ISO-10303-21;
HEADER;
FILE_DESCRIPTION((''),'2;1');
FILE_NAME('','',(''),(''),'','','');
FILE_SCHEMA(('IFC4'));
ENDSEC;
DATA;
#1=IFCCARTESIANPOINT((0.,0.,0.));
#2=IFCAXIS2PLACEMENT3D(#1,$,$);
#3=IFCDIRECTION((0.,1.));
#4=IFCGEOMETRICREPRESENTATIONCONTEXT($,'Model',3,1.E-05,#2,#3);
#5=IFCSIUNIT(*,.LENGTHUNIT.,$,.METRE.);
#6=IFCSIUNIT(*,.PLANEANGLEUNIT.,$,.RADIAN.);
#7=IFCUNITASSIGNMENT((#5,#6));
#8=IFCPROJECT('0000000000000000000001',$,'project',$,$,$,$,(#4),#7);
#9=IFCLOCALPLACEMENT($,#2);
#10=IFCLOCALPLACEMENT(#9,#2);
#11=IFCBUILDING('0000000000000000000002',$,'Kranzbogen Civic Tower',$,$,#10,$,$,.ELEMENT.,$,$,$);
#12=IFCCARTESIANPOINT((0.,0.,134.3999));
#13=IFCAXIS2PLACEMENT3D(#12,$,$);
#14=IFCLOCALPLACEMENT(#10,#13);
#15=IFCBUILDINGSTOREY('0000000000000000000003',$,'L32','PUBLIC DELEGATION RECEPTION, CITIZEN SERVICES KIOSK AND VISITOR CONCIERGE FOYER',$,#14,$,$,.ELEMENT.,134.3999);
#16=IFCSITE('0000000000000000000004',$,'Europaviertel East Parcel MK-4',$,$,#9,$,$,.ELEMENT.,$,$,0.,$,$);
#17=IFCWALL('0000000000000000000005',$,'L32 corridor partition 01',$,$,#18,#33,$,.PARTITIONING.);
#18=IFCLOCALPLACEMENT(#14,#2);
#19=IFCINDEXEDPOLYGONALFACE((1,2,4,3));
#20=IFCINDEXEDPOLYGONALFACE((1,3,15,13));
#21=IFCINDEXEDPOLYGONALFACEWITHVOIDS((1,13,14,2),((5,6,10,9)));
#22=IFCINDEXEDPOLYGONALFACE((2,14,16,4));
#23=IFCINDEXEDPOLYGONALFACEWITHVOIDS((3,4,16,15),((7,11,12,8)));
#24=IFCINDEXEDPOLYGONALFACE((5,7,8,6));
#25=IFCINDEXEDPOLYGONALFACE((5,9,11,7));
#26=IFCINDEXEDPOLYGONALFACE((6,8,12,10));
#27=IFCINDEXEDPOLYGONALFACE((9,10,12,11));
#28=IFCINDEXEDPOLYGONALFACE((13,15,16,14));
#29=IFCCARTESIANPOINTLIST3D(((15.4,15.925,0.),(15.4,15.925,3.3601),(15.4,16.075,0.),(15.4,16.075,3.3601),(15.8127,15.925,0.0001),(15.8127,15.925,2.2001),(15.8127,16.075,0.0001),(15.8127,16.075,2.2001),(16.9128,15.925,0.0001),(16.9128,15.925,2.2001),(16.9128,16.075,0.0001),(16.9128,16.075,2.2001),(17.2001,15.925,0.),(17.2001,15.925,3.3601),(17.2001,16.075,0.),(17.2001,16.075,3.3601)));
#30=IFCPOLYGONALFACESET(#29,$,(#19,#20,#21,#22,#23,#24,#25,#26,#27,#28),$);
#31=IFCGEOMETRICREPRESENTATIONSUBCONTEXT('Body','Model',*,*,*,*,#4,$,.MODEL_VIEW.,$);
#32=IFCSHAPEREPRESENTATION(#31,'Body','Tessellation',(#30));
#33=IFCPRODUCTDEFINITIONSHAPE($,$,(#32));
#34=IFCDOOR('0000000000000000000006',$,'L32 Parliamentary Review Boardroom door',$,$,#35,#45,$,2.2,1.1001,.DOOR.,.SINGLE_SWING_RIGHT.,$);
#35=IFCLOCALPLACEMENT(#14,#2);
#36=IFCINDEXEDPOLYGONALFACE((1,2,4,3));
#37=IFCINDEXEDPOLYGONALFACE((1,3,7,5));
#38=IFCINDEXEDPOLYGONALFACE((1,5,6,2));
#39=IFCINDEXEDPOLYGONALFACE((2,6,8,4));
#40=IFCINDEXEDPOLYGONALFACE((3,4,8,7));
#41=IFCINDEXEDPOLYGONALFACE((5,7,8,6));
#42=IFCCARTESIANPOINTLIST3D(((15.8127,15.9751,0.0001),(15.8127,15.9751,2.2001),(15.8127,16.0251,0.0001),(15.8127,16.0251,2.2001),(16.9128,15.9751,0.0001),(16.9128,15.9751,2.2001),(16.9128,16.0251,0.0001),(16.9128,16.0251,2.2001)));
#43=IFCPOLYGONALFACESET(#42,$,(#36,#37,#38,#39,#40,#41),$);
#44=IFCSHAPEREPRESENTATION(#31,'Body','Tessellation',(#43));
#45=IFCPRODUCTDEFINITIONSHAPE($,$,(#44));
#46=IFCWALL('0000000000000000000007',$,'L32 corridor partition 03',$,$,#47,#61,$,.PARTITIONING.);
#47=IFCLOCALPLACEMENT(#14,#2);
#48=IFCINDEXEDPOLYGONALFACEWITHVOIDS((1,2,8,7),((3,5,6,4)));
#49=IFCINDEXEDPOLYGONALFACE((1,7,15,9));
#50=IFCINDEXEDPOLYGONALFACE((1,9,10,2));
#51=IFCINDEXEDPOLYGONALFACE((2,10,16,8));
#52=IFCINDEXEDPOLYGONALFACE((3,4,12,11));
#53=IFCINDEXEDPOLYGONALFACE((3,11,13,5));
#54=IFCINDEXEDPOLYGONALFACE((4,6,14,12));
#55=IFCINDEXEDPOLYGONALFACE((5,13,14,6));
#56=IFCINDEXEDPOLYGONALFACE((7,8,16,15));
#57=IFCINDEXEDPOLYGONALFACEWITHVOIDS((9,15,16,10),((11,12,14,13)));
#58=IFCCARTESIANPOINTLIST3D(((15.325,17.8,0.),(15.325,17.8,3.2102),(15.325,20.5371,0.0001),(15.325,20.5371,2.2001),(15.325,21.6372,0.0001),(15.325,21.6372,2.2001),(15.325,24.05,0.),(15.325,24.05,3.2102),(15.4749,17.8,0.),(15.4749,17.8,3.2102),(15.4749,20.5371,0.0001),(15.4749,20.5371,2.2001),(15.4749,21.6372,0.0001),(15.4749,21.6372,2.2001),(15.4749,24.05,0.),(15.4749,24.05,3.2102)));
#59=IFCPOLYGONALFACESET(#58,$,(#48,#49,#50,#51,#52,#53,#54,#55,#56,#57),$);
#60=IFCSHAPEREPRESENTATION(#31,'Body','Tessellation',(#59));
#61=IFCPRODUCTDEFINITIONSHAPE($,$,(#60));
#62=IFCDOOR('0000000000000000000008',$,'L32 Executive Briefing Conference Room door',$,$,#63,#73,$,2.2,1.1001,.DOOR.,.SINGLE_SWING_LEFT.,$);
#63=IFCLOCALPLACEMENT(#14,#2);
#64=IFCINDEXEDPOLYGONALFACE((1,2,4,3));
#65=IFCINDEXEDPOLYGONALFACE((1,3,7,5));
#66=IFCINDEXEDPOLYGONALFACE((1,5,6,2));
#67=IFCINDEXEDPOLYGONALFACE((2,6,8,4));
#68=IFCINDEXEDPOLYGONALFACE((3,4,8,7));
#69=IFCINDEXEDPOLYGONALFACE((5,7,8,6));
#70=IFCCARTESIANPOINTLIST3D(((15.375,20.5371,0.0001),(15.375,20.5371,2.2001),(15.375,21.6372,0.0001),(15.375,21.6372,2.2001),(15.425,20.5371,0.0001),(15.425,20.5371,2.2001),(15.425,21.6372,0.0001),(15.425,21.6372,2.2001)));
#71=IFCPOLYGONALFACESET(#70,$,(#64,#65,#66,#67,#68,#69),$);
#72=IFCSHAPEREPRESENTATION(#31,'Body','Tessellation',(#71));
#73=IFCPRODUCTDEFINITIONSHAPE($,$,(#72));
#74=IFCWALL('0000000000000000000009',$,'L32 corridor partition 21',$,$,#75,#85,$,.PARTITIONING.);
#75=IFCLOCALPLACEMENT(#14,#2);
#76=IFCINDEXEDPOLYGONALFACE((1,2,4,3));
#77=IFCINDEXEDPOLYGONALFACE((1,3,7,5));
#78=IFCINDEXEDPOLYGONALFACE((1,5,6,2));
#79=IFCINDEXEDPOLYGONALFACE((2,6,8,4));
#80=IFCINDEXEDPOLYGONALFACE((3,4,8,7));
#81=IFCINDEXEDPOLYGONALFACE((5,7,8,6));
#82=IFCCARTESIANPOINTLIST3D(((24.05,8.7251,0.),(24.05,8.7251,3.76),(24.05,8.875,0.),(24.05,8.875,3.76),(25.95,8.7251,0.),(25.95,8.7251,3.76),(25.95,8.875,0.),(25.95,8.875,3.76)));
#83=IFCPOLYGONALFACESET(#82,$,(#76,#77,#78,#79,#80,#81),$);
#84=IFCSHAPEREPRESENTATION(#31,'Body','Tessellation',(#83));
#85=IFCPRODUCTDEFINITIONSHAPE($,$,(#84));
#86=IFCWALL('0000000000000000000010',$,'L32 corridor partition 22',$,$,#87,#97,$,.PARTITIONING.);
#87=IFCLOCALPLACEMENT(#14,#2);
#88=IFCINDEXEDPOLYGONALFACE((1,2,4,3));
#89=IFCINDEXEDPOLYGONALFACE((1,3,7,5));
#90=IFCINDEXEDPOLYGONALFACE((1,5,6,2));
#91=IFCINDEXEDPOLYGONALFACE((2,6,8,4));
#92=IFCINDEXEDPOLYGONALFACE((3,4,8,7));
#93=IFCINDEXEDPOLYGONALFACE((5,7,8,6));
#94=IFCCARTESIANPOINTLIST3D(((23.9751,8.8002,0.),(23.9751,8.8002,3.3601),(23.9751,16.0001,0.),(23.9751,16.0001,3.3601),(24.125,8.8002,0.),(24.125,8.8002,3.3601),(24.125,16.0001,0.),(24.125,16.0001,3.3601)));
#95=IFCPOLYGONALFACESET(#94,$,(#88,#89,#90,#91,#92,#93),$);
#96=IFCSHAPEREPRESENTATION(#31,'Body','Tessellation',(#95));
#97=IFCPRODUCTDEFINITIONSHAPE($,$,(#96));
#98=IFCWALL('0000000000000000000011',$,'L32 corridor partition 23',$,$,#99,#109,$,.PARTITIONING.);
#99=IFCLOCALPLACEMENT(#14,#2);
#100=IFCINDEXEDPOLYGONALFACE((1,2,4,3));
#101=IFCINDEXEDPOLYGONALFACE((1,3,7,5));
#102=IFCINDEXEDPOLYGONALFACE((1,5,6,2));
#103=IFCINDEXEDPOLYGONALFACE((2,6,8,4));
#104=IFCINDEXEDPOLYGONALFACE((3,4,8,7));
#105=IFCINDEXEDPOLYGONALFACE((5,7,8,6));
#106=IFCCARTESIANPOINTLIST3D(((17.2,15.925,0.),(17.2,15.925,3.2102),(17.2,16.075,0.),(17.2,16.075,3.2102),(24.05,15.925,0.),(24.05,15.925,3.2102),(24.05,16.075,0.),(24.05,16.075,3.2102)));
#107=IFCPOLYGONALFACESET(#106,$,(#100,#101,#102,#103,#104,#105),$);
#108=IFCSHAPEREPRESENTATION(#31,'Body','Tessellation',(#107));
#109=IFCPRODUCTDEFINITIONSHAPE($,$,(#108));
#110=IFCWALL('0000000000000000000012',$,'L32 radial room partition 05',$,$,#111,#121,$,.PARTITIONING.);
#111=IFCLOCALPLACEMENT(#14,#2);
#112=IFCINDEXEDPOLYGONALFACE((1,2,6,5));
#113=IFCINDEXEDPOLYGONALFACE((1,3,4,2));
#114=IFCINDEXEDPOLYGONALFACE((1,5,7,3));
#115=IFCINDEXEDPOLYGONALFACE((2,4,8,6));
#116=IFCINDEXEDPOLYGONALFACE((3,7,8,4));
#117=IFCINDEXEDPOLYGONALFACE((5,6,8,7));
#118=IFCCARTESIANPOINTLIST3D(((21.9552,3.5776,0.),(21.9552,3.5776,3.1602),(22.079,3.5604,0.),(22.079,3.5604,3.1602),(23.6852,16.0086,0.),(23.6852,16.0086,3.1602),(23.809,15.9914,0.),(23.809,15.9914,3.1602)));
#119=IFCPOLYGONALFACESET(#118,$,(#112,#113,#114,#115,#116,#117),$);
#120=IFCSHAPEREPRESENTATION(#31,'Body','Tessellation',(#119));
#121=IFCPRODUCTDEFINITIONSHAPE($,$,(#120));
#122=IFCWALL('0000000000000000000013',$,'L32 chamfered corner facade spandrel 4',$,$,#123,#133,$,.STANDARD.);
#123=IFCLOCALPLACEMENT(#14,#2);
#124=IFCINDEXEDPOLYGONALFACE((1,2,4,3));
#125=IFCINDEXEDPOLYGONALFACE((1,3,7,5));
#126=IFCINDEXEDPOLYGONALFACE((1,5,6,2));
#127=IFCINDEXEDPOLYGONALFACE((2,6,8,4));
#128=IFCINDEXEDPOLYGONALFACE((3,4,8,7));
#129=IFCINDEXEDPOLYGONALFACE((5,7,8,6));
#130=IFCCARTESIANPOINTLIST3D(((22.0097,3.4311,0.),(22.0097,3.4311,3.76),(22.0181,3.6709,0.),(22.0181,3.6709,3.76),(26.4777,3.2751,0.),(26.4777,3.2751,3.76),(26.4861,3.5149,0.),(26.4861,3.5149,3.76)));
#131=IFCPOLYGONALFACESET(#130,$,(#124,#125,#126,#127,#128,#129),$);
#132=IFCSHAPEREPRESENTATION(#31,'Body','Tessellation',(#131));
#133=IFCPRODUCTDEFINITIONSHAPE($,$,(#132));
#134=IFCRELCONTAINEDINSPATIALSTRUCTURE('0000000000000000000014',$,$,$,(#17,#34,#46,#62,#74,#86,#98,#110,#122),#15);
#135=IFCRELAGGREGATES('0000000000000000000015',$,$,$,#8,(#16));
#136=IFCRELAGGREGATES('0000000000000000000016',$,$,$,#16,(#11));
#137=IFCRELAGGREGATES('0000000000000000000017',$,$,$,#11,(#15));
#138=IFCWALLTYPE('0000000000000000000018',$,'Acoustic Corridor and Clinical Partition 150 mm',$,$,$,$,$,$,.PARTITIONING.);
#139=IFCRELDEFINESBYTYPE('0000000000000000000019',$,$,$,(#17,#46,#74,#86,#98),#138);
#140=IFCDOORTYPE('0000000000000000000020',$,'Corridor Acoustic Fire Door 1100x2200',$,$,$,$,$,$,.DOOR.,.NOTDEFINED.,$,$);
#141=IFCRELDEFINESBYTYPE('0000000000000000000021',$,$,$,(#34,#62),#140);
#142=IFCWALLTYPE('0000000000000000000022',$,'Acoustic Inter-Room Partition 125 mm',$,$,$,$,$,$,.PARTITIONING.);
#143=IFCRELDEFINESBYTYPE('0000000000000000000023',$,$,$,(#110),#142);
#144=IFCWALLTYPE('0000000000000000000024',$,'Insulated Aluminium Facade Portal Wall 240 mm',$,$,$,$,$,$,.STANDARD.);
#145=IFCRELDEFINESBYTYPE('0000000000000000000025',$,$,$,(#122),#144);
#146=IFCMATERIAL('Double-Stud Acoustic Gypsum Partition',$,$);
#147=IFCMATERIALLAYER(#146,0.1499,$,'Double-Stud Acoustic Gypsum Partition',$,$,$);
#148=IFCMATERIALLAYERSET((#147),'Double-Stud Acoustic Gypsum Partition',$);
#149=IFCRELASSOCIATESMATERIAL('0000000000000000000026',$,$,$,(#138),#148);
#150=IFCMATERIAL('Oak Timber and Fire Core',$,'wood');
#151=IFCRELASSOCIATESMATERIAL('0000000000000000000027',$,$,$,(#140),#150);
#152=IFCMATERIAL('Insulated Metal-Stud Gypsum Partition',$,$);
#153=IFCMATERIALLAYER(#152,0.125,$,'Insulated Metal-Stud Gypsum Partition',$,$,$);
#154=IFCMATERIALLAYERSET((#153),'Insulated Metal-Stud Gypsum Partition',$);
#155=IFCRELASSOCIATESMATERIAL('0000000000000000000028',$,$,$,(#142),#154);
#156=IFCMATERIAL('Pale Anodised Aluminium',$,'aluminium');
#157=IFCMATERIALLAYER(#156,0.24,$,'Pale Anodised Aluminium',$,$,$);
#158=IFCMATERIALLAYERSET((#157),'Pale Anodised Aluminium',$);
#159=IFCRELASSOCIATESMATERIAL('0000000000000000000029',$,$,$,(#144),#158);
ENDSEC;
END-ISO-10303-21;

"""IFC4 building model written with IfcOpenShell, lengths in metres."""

from ifc_helpers import new_model, si_unit, direction, frame, frame_2d, origin, place, context, subcontext, project, spatial, rectangle, extrude, material, layer, layer_set, type_object, element, fill, save


model = new_model("IFC4")

# Units and contexts
model_context = context("Model", 3, precision=1e-05, world=origin(), true_north=direction((0.0, 1.0)))
body_context = subcontext(model_context, "Body", "Model", "MODEL_VIEW")
ifc_project = project(units=[si_unit("LENGTHUNIT", "METRE"), si_unit("PLANEANGLEUNIT", "RADIAN")], contexts=[model_context])

# Site, building, storey
site_placement = place(None, origin())
site = spatial("IfcSite", under=ifc_project, at=site_placement, Name="Europaviertel East Parcel MK-4", CompositionType="ELEMENT", RefElevation=0.0)
building_placement = place(site_placement, origin())
building = spatial("IfcBuilding", under=site, at=building_placement, Name="Kranzbogen Civic Tower", CompositionType="ELEMENT")
storey_placement = place(building_placement, frame((0.0, 0.0, 134.3999)))
storey = spatial("IfcBuildingStorey", under=building, at=storey_placement, Name="L32", Description="PUBLIC DELEGATION RECEPTION, CITIZEN SERVICES KIOSK AND VISITOR CONCIERGE FOYER", CompositionType="ELEMENT", Elevation=134.3999)

# Shared definitions
ifc_material_1 = material(Name="Pale Anodised Aluminium", Category="aluminium")

# Walls, openings, doors
ifc_material_2 = material(Name="Double-Stud Acoustic Gypsum Partition")
ifc_layer_1 = layer(ifc_material_2, 0.1499, Name="Double-Stud Acoustic Gypsum Partition")
ifc_layer_set_1 = layer_set([ifc_layer_1], Name="Double-Stud Acoustic Gypsum Partition")
wall_type_1 = type_object("IfcWallType", Name="Acoustic Corridor and Clinical Partition 150 mm", PredefinedType="PARTITIONING", material=ifc_layer_set_1)
wall_1_placement = place(storey_placement, frame((17.2, 16.0, 0.0), z_axis=(0.0, 0.0, 1.0), x_axis=(-1.0, 0.0, 0.0)))
wall_1 = element("IfcWall", 1, at=wall_1_placement, inside=storey, type_object=wall_type_1, Name="L32 corridor partition 01", PredefinedType="PARTITIONING", context=body_context, shape_type="SweptSolid", body=[
    extrude(rectangle(XDim=1.8, YDim=0.1499, at=frame_2d((0.8999, 0.0))), origin(), (0.0, 0.0, 1.0), 3.3601),
])
opening_1_placement = place(wall_1_placement, frame((0.2871, 0.0, 0.0)))
opening_1 = element("IfcOpeningElement", 2, at=opening_1_placement, cuts=wall_1, PredefinedType="OPENING", context=body_context, shape_type="SweptSolid", body=[
    extrude(rectangle(XDim=1.1001, YDim=2.2, at=frame_2d((0.55, 1.1001))), frame((0.0, 0.085, 0.0), z_axis=(0.0, -1.0, 0.0), x_axis=(1.0, 0.0, 0.0)), (0.0, 0.0, 1.0), 0.1699),
])
ifc_material_3 = material(Name="Oak Timber and Fire Core", Category="wood")
door_type = type_object("IfcDoorType", Name="Corridor Acoustic Fire Door 1100x2200", OperationType="NOTDEFINED", PredefinedType="DOOR", material=ifc_material_3)
door_1_placement = place(opening_1_placement, origin())
door_1 = element("IfcDoor", 3, at=door_1_placement, inside=storey, type_object=door_type, Name="L32 Parliamentary Review Boardroom door", OperationType="SINGLE_SWING_RIGHT", OverallHeight=2.2, OverallWidth=1.1001, PredefinedType="DOOR", context=body_context, shape_type="SweptSolid", body=[
    extrude(rectangle(XDim=1.1001, YDim=2.2, at=frame_2d((0.55, 1.1001))), frame((0.0, 0.0249, 0.0), z_axis=(0.0, -1.0, 0.0), x_axis=(1.0, 0.0, 0.0)), (0.0, 0.0, 1.0), 0.05),
])
fill(opening_1, door_1)
wall_2_placement = place(storey_placement, frame((15.3999, 17.8, 0.0), z_axis=(0.0, 0.0, 1.0), x_axis=(0.0, 1.0, 0.0)))
wall_2 = element("IfcWall", 4, at=wall_2_placement, inside=storey, type_object=wall_type_1, Name="L32 corridor partition 03", PredefinedType="PARTITIONING", context=body_context, shape_type="SweptSolid", body=[
    extrude(rectangle(XDim=6.25, YDim=0.1499, at=frame_2d((3.125, 0.0))), origin(), (0.0, 0.0, 1.0), 3.2102),
])
opening_2_placement = place(wall_2_placement, frame((2.7371, 0.0, 0.0)))
opening_2 = element("IfcOpeningElement", 5, at=opening_2_placement, cuts=wall_2, PredefinedType="OPENING", context=body_context, shape_type="SweptSolid", body=[
    extrude(rectangle(XDim=1.1001, YDim=2.2, at=frame_2d((0.55, 1.1001))), frame((0.0, 0.085, 0.0), z_axis=(0.0, -1.0, 0.0), x_axis=(1.0, 0.0, 0.0)), (0.0, 0.0, 1.0), 0.1699),
])
door_2_placement = place(opening_2_placement, origin())
door_2 = element("IfcDoor", 6, at=door_2_placement, inside=storey, type_object=door_type, Name="L32 Executive Briefing Conference Room door", OperationType="SINGLE_SWING_LEFT", OverallHeight=2.2, OverallWidth=1.1001, PredefinedType="DOOR", context=body_context, shape_type="SweptSolid", body=[
    extrude(rectangle(XDim=1.1001, YDim=2.2, at=frame_2d((0.55, 1.1001))), frame((0.0, 0.0249, 0.0), z_axis=(0.0, -1.0, 0.0), x_axis=(1.0, 0.0, 0.0)), (0.0, 0.0, 1.0), 0.05),
])
fill(opening_2, door_2)

# Walls
wall_3_placement = place(storey_placement, frame((25.95, 8.8, 0.0), z_axis=(0.0, 0.0, 1.0), x_axis=(-1.0, 0.0, 0.0)))
element("IfcWall", 7, at=wall_3_placement, inside=storey, type_object=wall_type_1, Name="L32 corridor partition 21", PredefinedType="PARTITIONING", context=body_context, shape_type="SweptSolid", body=[
    extrude(rectangle(XDim=1.8999, YDim=0.1499, at=frame_2d((0.95, 0.0))), origin(), (0.0, 0.0, 1.0), 3.76),
])
wall_4_placement = place(storey_placement, frame((24.05, 8.8, 0.0), z_axis=(0.0, 0.0, 1.0), x_axis=(0.0, 1.0, 0.0)))
element("IfcWall", 8, at=wall_4_placement, inside=storey, type_object=wall_type_1, Name="L32 corridor partition 22", PredefinedType="PARTITIONING", context=body_context, shape_type="SweptSolid", body=[
    extrude(rectangle(XDim=7.2, YDim=0.1499, at=frame_2d((3.6001, 0.0))), origin(), (0.0, 0.0, 1.0), 3.3601),
])
wall_5_placement = place(storey_placement, frame((24.05, 16.0, 0.0), z_axis=(0.0, 0.0, 1.0), x_axis=(-1.0, 0.0, 0.0)))
element("IfcWall", 9, at=wall_5_placement, inside=storey, type_object=wall_type_1, Name="L32 corridor partition 23", PredefinedType="PARTITIONING", context=body_context, shape_type="SweptSolid", body=[
    extrude(rectangle(XDim=6.8501, YDim=0.1499, at=frame_2d((3.425, 0.0))), origin(), (0.0, 0.0, 1.0), 3.2102),
])
ifc_material_4 = material(Name="Insulated Metal-Stud Gypsum Partition")
ifc_layer_2 = layer(ifc_material_4, 0.125, Name="Insulated Metal-Stud Gypsum Partition")
ifc_layer_set_2 = layer_set([ifc_layer_2], Name="Insulated Metal-Stud Gypsum Partition")
wall_type_2 = type_object("IfcWallType", Name="Acoustic Inter-Room Partition 125 mm", PredefinedType="PARTITIONING", material=ifc_layer_set_2)
wall_6_placement = place(storey_placement, frame((23.7471, 16.0, 0.0), z_axis=(0.0, 0.0, 1.0), x_axis=(-0.137839, -0.990455, 0.0)))
element("IfcWall", 10, at=wall_6_placement, inside=storey, type_object=wall_type_2, Name="L32 radial room partition 05", PredefinedType="PARTITIONING", context=body_context, shape_type="SweptSolid", body=[
    extrude(rectangle(XDim=12.5508, YDim=0.125, at=frame_2d((6.2754, 0.0))), origin(), (0.0, 0.0, 1.0), 3.1602),
])
ifc_layer_3 = layer(ifc_material_1, 0.24, Name="Pale Anodised Aluminium")
ifc_layer_set_3 = layer_set([ifc_layer_3], Name="Pale Anodised Aluminium")
wall_type_3 = type_object("IfcWallType", Name="Insulated Aluminium Facade Portal Wall 240 mm", PredefinedType="STANDARD", material=ifc_layer_set_3)
wall_7_placement = place(storey_placement, frame((22.0139, 3.551, 0.0), z_axis=(0.0, 0.0, 1.0), x_axis=(0.999391, -0.034895, 0.0)))
element("IfcWall", 11, at=wall_7_placement, inside=storey, type_object=wall_type_3, Name="L32 chamfered corner facade spandrel 4", PredefinedType="STANDARD", context=body_context, shape_type="SweptSolid", body=[
    extrude(rectangle(XDim=4.4707, YDim=0.24, at=frame_2d((2.2354, 0.0))), origin(), (0.0, 0.0, 1.0), 3.76),
])

save(model, "model.ifc")
